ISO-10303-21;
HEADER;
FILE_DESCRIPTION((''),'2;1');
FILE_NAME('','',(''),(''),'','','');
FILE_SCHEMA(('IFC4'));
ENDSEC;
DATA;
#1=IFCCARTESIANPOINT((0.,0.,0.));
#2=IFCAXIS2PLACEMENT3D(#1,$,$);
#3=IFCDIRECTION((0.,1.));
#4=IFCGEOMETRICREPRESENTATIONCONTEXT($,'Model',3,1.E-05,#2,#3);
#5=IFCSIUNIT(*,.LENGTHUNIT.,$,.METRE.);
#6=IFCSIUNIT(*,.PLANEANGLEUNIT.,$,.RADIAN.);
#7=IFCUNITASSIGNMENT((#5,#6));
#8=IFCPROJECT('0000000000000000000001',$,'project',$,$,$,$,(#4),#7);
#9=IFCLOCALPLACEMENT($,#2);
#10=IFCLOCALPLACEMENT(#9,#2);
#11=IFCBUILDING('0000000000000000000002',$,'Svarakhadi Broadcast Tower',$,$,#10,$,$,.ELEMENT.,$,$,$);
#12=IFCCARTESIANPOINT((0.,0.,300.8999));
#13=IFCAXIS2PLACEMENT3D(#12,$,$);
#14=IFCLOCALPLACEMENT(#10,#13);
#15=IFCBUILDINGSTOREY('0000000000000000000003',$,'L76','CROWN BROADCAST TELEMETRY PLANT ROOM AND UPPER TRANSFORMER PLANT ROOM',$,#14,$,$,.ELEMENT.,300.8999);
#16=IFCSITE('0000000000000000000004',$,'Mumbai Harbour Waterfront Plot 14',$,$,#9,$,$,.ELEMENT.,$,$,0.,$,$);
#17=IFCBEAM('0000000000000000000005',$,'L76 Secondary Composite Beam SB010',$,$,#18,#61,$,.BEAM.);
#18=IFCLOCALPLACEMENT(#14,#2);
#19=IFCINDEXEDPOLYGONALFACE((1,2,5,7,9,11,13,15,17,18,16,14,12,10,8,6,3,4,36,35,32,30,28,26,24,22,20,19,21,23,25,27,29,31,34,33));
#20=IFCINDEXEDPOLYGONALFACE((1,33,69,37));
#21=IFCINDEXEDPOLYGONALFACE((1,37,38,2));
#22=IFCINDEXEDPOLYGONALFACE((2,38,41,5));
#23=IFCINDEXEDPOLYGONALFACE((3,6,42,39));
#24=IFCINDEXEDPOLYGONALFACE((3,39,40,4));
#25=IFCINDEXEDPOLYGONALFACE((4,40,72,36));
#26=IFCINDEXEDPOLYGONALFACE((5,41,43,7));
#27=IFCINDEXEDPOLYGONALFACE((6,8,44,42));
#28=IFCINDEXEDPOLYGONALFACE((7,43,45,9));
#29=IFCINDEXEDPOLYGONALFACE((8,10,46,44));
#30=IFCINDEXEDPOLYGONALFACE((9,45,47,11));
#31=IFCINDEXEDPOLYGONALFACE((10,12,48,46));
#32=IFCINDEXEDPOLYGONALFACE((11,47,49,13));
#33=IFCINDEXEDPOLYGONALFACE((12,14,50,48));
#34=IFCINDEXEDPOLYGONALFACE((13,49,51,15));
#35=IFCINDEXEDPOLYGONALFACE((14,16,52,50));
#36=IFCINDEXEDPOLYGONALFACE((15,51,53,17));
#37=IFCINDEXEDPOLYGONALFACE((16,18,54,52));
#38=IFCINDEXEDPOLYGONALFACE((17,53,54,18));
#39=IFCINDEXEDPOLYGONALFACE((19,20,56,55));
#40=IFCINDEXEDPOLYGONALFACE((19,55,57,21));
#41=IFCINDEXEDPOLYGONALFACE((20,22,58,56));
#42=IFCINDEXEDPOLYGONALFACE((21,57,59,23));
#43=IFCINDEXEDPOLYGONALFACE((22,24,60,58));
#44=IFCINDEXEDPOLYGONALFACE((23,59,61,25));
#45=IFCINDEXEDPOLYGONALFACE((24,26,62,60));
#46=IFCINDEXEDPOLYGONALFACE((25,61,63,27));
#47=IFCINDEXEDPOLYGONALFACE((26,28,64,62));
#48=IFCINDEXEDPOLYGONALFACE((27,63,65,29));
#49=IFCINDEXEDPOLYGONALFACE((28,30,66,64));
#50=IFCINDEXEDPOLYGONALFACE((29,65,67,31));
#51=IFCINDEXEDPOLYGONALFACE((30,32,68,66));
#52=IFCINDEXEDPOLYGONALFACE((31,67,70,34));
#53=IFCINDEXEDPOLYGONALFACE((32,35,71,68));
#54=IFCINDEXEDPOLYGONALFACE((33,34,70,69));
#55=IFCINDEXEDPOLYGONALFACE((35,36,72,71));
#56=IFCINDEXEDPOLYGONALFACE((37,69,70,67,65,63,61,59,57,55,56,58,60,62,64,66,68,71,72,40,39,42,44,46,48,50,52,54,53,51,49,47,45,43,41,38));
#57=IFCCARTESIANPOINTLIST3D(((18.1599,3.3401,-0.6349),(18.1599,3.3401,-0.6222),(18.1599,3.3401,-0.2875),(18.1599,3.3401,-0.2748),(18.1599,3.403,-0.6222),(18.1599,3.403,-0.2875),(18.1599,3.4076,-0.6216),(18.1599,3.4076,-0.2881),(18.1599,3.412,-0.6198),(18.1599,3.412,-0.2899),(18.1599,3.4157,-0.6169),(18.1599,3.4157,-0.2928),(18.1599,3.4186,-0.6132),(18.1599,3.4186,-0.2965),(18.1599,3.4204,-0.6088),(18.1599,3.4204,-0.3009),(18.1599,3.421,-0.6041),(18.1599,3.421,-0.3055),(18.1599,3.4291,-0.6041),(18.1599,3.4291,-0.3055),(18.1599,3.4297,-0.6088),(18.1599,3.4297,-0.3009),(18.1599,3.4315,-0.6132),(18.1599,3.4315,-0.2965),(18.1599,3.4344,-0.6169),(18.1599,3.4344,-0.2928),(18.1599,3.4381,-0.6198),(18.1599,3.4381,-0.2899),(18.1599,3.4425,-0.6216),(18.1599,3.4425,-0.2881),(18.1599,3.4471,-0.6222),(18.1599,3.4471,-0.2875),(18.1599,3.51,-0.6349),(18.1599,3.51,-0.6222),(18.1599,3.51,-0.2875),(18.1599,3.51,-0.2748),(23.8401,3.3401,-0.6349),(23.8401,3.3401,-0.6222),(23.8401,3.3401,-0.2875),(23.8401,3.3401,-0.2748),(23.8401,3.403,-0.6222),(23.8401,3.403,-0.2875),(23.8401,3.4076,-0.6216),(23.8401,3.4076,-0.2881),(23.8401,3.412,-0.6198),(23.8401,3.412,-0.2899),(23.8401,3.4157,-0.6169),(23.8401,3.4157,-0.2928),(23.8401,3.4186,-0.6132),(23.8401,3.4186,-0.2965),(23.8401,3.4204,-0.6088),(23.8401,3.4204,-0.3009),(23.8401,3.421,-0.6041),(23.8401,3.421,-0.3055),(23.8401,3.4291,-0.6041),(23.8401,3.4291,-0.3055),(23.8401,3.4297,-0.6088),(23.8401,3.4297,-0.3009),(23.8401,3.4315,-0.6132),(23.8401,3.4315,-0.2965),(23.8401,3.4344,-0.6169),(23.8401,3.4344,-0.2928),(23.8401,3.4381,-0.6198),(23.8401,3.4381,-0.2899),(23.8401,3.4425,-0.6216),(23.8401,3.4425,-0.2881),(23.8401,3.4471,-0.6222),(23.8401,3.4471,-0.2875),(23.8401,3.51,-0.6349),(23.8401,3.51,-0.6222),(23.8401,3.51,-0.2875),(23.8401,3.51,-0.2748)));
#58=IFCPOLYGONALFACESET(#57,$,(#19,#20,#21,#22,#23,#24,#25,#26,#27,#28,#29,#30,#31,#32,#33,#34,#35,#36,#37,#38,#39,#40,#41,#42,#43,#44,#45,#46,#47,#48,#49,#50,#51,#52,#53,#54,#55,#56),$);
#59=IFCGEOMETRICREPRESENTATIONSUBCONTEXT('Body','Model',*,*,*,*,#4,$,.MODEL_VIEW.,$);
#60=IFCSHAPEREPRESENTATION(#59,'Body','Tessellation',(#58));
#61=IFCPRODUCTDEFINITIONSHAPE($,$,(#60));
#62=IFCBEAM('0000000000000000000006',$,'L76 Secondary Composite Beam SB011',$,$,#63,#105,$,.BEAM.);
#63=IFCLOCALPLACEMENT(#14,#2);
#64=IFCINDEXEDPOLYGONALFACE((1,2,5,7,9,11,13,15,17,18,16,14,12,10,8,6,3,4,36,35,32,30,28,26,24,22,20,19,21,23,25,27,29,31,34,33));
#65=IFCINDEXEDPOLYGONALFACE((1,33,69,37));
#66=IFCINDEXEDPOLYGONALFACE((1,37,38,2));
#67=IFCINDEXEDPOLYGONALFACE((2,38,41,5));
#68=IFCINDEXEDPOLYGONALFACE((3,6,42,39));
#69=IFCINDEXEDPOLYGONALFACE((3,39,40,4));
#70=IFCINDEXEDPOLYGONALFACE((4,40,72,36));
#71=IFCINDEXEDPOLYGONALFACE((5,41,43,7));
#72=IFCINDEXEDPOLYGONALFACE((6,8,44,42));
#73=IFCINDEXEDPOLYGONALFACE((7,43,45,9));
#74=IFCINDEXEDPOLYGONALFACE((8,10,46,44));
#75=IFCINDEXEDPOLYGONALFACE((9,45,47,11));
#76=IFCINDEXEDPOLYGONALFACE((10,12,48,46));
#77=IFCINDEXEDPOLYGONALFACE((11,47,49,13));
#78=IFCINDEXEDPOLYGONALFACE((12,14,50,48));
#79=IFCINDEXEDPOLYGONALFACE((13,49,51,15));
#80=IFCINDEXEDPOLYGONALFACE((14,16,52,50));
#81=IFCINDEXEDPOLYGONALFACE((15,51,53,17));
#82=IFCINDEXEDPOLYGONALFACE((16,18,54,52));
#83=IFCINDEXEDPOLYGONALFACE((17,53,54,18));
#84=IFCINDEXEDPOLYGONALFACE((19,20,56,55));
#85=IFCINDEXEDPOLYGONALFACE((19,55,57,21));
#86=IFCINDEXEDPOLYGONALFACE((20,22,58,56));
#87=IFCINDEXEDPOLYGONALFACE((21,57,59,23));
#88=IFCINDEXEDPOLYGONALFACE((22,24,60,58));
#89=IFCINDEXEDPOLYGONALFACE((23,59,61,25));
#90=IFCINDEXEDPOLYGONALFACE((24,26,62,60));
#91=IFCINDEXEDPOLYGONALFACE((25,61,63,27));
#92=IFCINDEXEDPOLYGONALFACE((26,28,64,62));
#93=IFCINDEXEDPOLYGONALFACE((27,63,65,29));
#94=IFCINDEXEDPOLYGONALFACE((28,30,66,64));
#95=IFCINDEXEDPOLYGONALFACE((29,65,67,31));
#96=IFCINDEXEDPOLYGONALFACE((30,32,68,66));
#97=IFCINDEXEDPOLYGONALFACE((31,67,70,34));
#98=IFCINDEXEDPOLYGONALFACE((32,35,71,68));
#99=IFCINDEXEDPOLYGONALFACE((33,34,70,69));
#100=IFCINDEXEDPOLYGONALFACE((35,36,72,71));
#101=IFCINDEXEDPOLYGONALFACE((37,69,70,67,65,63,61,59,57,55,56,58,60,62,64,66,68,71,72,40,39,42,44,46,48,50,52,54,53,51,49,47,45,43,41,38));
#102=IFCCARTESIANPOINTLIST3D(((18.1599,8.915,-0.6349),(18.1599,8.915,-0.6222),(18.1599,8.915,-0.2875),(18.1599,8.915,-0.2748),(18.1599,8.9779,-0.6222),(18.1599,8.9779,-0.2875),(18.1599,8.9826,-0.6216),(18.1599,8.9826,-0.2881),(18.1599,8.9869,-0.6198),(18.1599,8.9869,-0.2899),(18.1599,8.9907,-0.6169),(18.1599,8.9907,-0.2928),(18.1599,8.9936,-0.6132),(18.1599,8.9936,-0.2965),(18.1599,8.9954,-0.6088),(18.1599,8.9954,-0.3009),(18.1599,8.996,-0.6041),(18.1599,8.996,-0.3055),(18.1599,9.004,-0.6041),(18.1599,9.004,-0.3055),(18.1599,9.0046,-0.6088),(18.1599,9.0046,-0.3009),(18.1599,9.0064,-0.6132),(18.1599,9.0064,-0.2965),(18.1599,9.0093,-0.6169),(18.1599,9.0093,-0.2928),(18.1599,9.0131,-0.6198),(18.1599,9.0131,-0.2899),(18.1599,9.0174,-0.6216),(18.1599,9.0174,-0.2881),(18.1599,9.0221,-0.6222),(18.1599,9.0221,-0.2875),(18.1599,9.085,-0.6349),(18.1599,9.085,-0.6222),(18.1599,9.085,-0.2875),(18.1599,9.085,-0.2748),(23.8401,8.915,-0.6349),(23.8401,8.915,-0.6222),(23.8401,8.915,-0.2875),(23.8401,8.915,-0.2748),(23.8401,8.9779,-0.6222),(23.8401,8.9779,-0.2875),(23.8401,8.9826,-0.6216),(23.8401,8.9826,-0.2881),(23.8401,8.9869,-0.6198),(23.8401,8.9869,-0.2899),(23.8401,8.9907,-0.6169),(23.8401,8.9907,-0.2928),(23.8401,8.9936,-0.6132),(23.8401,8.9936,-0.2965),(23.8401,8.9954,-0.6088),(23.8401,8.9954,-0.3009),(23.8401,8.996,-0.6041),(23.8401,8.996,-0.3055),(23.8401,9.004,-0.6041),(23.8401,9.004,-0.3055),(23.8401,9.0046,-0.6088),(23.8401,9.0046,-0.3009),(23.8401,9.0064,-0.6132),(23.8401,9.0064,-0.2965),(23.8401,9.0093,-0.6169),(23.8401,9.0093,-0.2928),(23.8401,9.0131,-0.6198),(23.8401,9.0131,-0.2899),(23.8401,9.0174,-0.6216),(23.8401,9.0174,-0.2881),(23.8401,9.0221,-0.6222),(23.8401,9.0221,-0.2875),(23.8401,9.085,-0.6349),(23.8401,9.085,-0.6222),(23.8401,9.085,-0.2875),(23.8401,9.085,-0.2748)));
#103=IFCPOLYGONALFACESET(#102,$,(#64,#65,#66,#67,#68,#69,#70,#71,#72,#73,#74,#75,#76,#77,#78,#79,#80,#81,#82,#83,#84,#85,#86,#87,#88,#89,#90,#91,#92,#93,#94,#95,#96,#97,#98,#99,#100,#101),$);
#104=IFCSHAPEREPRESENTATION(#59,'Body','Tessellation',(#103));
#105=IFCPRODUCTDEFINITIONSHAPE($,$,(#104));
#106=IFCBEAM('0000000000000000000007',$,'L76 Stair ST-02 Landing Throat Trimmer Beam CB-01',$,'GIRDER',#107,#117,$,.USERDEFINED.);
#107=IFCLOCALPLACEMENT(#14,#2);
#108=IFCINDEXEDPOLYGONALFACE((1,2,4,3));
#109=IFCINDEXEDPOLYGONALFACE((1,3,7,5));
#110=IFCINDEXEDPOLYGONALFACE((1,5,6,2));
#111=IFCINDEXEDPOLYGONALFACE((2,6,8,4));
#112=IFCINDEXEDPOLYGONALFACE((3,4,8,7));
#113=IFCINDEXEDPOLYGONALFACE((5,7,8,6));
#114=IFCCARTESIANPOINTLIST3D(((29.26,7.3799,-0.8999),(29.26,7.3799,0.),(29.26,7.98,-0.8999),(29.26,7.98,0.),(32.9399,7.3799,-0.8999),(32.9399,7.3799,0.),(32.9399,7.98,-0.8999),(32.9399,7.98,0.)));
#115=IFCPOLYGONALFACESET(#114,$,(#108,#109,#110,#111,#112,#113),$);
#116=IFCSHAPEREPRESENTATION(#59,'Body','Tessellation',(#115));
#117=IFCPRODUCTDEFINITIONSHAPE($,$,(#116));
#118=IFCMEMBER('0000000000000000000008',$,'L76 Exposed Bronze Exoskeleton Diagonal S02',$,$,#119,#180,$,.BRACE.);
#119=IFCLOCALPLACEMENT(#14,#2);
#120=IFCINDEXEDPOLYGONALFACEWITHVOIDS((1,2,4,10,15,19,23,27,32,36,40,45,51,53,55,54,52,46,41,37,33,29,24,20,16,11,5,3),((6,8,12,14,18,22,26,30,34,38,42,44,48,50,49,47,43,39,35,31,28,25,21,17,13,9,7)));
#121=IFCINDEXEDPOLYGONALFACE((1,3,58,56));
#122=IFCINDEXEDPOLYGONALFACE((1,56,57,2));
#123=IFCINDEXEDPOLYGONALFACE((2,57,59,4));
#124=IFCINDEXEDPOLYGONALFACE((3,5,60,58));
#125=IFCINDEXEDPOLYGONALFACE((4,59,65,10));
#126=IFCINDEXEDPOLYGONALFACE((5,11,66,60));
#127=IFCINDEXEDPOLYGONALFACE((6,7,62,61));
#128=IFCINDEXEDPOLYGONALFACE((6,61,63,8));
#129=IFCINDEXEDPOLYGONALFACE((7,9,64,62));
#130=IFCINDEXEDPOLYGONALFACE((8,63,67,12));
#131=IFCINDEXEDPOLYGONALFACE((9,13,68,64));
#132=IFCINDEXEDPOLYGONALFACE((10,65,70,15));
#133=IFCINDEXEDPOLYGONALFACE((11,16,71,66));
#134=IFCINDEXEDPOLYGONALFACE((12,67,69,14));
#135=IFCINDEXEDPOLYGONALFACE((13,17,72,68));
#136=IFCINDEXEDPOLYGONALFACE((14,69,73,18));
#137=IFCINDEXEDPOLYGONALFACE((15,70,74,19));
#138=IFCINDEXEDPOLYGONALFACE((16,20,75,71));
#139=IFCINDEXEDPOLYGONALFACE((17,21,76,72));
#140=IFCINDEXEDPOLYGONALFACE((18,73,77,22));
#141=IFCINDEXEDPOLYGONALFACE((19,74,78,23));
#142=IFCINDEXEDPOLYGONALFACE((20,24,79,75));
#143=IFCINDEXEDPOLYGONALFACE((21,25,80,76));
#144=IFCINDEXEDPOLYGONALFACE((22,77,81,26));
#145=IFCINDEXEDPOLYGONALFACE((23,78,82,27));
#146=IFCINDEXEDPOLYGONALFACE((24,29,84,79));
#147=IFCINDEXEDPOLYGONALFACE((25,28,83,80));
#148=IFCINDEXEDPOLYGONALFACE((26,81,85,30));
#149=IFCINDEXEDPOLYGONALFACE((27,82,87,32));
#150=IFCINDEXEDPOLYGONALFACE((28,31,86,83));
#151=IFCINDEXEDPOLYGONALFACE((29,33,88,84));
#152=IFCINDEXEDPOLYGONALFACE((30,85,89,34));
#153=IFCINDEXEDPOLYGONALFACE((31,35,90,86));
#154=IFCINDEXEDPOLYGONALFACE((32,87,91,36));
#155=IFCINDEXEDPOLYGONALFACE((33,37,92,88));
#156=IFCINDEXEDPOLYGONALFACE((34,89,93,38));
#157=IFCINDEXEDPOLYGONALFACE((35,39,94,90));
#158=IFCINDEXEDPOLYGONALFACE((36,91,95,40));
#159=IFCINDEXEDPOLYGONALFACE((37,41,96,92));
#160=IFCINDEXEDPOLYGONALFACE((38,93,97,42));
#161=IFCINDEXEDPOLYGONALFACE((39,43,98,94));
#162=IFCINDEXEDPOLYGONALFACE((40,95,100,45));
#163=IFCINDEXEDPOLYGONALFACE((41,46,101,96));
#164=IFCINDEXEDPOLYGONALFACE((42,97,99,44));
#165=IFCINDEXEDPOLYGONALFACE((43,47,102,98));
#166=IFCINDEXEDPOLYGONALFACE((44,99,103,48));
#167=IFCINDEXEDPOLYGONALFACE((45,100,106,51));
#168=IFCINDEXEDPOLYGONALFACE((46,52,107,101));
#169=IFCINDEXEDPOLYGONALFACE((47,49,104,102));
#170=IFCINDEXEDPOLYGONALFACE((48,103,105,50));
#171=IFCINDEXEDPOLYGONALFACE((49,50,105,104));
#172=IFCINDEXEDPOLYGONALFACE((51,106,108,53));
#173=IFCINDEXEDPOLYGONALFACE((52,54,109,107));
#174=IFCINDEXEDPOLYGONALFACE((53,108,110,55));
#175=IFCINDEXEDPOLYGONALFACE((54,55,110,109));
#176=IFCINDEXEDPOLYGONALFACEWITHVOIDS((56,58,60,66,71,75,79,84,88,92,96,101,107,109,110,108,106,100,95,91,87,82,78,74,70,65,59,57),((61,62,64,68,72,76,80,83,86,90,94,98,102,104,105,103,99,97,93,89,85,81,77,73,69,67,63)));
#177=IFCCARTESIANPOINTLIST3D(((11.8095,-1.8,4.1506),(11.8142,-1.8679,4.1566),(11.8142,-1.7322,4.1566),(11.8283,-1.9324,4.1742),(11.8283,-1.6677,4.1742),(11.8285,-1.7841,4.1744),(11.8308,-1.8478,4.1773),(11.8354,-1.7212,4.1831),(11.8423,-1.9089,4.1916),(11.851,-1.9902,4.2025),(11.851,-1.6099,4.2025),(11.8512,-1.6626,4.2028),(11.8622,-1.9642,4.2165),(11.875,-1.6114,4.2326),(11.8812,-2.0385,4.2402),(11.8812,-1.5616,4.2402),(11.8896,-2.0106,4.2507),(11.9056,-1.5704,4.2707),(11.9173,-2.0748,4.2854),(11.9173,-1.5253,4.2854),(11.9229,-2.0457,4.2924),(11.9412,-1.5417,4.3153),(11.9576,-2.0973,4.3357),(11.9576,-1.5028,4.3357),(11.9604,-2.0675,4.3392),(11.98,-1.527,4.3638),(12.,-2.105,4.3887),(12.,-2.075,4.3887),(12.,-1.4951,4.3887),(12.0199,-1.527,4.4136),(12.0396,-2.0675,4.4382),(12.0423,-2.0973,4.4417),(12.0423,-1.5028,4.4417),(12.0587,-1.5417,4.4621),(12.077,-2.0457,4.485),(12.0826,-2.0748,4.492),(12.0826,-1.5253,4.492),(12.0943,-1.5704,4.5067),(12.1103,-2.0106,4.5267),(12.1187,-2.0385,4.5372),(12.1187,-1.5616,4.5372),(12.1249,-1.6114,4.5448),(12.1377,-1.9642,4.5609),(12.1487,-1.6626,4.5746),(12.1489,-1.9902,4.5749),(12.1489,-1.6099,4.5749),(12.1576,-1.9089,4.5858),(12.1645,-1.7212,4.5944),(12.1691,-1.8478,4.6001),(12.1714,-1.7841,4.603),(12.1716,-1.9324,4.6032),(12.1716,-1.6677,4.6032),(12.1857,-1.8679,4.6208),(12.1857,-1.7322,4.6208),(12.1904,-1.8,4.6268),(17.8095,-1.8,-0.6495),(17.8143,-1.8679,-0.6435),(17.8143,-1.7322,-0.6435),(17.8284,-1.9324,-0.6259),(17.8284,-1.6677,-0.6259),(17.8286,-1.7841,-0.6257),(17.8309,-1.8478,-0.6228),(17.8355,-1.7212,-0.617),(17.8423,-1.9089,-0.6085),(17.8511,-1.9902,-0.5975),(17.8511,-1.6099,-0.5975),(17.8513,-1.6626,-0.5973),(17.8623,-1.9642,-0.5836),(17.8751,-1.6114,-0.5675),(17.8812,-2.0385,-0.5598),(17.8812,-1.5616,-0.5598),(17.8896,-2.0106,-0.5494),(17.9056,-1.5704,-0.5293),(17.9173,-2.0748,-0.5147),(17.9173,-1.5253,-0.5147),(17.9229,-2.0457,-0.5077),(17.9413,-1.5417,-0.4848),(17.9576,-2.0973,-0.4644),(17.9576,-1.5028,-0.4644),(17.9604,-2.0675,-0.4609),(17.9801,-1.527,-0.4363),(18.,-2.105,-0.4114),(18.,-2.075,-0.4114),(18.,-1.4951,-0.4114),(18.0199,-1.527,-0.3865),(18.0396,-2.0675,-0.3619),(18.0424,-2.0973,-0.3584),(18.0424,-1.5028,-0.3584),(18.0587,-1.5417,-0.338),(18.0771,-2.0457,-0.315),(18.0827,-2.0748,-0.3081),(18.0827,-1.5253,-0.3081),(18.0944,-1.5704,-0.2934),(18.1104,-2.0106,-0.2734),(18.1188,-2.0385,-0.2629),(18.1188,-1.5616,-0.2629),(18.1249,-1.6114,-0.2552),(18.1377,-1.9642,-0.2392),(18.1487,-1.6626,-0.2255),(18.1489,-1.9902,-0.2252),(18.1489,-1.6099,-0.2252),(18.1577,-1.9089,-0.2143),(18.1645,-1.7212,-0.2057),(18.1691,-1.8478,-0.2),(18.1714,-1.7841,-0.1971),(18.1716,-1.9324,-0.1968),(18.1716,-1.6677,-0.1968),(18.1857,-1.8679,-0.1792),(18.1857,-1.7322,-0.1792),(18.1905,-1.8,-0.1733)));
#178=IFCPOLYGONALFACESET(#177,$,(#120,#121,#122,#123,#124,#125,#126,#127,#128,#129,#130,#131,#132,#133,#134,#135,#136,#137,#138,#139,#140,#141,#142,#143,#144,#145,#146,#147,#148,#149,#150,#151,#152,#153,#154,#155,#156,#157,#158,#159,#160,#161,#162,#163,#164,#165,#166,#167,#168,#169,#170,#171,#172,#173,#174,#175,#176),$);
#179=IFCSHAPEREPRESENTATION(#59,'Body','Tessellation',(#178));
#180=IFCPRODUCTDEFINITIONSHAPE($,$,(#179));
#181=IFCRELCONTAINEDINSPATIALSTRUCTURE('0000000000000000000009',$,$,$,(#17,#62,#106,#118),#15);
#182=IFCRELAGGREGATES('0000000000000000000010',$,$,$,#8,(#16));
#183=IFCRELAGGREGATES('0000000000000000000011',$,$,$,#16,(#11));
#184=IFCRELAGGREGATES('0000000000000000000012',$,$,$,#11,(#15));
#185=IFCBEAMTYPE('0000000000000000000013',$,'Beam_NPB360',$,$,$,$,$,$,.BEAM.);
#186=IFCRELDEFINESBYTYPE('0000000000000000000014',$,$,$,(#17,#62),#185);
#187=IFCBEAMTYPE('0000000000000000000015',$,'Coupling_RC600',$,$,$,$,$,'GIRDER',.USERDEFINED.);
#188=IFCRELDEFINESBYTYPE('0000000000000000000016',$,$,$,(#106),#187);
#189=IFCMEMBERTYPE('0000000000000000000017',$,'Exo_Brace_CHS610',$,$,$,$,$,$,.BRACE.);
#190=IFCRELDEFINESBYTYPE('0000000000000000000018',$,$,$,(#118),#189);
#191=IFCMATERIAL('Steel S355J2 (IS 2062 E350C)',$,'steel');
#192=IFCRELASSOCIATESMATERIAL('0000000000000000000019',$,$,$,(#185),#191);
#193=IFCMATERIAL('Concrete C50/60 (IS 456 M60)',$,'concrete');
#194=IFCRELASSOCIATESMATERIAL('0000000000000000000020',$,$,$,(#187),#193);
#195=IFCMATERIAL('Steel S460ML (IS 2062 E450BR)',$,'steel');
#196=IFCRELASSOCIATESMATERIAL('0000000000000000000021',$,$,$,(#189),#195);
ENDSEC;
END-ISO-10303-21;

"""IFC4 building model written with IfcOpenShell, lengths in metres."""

from ifc_helpers import new_model, si_unit, direction, frame, origin, origin_2d, place, context, subcontext, project, spatial, rectangle, hollow_circle, i_section, extrude, material, material_profile, profile_set, type_object, element, save


model = new_model("IFC4")

# Units and contexts
model_context = context("Model", 3, precision=1e-05, world=origin(), true_north=direction((0.0, 1.0)))
body_context = subcontext(model_context, "Body", "Model", "MODEL_VIEW")
ifc_project = project(units=[si_unit("LENGTHUNIT", "METRE"), si_unit("PLANEANGLEUNIT", "RADIAN")], contexts=[model_context])

# Site, building, storey
site_placement = place(None, origin())
site = spatial("IfcSite", under=ifc_project, at=site_placement, Name="Mumbai Harbour Waterfront Plot 14", CompositionType="ELEMENT", RefElevation=0.0)
building_placement = place(site_placement, origin())
building = spatial("IfcBuilding", under=site, at=building_placement, Name="Svarakhadi Broadcast Tower", CompositionType="ELEMENT")
storey_placement = place(building_placement, frame((0.0, 0.0, 300.8999)))
storey = spatial("IfcBuildingStorey", under=building, at=storey_placement, Name="L76", Description="CROWN BROADCAST TELEMETRY PLANT ROOM AND UPPER TRANSFORMER PLANT ROOM", CompositionType="ELEMENT", Elevation=300.8999)

# Shared definitions
ifc_material_1 = material(Name="Concrete C50/60 (IS 456 M60)", Category="concrete")
ifc_material_2 = material(Name="Steel S460ML (IS 2062 E450BR)", Category="steel")

# Beams
ifc_material_3 = material(Name="Steel S355J2 (IS 2062 E350C)", Category="steel")
ifc_material_profile_1 = material_profile(ifc_material_3, i_section(OverallWidth=0.1699, OverallDepth=0.3601, WebThickness=0.0081, FlangeThickness=0.0127, FilletRadius=0.0181, at=origin_2d()), Name="NPB 360x170x57")
ifc_profile_set_1 = profile_set([ifc_material_profile_1], Name="Steel S355J2 (IS 2062 E350C)")
beam_type_1 = type_object("IfcBeamType", Name="Beam_NPB360", PredefinedType="BEAM", material=ifc_profile_set_1)
for number, where, z_axis, x_axis, name in (
    (1, (18.1599, 3.425, -0.4548), (1.0, 0.0, 0.0), (0.0, 1.0, 0.0), "L76 Secondary Composite Beam SB010"),
    (2, (18.1599, 9.0, -0.4548), (1.0, 0.0, 0.0), (0.0, 1.0, 0.0), "L76 Secondary Composite Beam SB011"),
):
    element("IfcBeam", number, at=place(storey_placement, frame(where, z_axis=z_axis, x_axis=x_axis)), inside=storey, type_object=beam_type_1, Name=name, PredefinedType="BEAM", context=body_context, shape_type="SweptSolid", body=[
        extrude(i_section(OverallWidth=0.1699, OverallDepth=0.3601, WebThickness=0.0081, FlangeThickness=0.0127, FilletRadius=0.0181, at=origin_2d()), origin(), (0.0, 0.0, 1.0), 5.6802),
    ])
ifc_material_profile_2 = material_profile(ifc_material_1, rectangle(XDim=0.6001, YDim=0.8999, at=origin_2d()), Name="RC 600x900")
ifc_profile_set_2 = profile_set([ifc_material_profile_2], Name="Concrete C50/60 (IS 456 M60)")
beam_type_2 = type_object("IfcBeamType", Name="Coupling_RC600", ElementType="GIRDER", PredefinedType="USERDEFINED", material=ifc_profile_set_2)
beam_1_placement = place(storey_placement, frame((29.26, 7.6799, -0.45), z_axis=(1.0, 0.0, 0.0), x_axis=(0.0, 1.0, 0.0)))
element("IfcBeam", 3, at=beam_1_placement, inside=storey, type_object=beam_type_2, Name="L76 Stair ST-02 Landing Throat Trimmer Beam CB-01", ObjectType="GIRDER", PredefinedType="USERDEFINED", context=body_context, shape_type="SweptSolid", body=[
    extrude(rectangle(XDim=0.6001, YDim=0.8999, at=origin_2d()), origin(), (0.0, 0.0, 1.0), 3.6799),
])

# Member
ifc_material_profile_3 = material_profile(ifc_material_2, hollow_circle(Radius=0.3049, WallThickness=0.03, at=origin_2d()), Name="CHS 610x30")
ifc_profile_set_3 = profile_set([ifc_material_profile_3], Name="Steel S460ML (IS 2062 E450BR)")
member_type_1 = type_object("IfcMemberType", Name="Exo_Brace_CHS610", PredefinedType="BRACE", material=ifc_profile_set_3)
for number, where, z_axis, x_axis, name in (
    (4, (18.0, -1.8, -0.4114), (-0.780866, 0.0, 0.624699), (0.0, -1.0, 0.0), "L76 Exposed Bronze Exoskeleton Diagonal S02"),
):
    element("IfcMember", number, at=place(storey_placement, frame(where, z_axis=z_axis, x_axis=x_axis)), inside=storey, type_object=member_type_1, Name=name, PredefinedType="BRACE", context=body_context, shape_type="SweptSolid", body=[
        extrude(hollow_circle(Radius=0.3049, WallThickness=0.03, at=origin_2d()), origin(), (0.0, 0.0, 1.0), 7.6838),
    ])

save(model, "model.ifc")
